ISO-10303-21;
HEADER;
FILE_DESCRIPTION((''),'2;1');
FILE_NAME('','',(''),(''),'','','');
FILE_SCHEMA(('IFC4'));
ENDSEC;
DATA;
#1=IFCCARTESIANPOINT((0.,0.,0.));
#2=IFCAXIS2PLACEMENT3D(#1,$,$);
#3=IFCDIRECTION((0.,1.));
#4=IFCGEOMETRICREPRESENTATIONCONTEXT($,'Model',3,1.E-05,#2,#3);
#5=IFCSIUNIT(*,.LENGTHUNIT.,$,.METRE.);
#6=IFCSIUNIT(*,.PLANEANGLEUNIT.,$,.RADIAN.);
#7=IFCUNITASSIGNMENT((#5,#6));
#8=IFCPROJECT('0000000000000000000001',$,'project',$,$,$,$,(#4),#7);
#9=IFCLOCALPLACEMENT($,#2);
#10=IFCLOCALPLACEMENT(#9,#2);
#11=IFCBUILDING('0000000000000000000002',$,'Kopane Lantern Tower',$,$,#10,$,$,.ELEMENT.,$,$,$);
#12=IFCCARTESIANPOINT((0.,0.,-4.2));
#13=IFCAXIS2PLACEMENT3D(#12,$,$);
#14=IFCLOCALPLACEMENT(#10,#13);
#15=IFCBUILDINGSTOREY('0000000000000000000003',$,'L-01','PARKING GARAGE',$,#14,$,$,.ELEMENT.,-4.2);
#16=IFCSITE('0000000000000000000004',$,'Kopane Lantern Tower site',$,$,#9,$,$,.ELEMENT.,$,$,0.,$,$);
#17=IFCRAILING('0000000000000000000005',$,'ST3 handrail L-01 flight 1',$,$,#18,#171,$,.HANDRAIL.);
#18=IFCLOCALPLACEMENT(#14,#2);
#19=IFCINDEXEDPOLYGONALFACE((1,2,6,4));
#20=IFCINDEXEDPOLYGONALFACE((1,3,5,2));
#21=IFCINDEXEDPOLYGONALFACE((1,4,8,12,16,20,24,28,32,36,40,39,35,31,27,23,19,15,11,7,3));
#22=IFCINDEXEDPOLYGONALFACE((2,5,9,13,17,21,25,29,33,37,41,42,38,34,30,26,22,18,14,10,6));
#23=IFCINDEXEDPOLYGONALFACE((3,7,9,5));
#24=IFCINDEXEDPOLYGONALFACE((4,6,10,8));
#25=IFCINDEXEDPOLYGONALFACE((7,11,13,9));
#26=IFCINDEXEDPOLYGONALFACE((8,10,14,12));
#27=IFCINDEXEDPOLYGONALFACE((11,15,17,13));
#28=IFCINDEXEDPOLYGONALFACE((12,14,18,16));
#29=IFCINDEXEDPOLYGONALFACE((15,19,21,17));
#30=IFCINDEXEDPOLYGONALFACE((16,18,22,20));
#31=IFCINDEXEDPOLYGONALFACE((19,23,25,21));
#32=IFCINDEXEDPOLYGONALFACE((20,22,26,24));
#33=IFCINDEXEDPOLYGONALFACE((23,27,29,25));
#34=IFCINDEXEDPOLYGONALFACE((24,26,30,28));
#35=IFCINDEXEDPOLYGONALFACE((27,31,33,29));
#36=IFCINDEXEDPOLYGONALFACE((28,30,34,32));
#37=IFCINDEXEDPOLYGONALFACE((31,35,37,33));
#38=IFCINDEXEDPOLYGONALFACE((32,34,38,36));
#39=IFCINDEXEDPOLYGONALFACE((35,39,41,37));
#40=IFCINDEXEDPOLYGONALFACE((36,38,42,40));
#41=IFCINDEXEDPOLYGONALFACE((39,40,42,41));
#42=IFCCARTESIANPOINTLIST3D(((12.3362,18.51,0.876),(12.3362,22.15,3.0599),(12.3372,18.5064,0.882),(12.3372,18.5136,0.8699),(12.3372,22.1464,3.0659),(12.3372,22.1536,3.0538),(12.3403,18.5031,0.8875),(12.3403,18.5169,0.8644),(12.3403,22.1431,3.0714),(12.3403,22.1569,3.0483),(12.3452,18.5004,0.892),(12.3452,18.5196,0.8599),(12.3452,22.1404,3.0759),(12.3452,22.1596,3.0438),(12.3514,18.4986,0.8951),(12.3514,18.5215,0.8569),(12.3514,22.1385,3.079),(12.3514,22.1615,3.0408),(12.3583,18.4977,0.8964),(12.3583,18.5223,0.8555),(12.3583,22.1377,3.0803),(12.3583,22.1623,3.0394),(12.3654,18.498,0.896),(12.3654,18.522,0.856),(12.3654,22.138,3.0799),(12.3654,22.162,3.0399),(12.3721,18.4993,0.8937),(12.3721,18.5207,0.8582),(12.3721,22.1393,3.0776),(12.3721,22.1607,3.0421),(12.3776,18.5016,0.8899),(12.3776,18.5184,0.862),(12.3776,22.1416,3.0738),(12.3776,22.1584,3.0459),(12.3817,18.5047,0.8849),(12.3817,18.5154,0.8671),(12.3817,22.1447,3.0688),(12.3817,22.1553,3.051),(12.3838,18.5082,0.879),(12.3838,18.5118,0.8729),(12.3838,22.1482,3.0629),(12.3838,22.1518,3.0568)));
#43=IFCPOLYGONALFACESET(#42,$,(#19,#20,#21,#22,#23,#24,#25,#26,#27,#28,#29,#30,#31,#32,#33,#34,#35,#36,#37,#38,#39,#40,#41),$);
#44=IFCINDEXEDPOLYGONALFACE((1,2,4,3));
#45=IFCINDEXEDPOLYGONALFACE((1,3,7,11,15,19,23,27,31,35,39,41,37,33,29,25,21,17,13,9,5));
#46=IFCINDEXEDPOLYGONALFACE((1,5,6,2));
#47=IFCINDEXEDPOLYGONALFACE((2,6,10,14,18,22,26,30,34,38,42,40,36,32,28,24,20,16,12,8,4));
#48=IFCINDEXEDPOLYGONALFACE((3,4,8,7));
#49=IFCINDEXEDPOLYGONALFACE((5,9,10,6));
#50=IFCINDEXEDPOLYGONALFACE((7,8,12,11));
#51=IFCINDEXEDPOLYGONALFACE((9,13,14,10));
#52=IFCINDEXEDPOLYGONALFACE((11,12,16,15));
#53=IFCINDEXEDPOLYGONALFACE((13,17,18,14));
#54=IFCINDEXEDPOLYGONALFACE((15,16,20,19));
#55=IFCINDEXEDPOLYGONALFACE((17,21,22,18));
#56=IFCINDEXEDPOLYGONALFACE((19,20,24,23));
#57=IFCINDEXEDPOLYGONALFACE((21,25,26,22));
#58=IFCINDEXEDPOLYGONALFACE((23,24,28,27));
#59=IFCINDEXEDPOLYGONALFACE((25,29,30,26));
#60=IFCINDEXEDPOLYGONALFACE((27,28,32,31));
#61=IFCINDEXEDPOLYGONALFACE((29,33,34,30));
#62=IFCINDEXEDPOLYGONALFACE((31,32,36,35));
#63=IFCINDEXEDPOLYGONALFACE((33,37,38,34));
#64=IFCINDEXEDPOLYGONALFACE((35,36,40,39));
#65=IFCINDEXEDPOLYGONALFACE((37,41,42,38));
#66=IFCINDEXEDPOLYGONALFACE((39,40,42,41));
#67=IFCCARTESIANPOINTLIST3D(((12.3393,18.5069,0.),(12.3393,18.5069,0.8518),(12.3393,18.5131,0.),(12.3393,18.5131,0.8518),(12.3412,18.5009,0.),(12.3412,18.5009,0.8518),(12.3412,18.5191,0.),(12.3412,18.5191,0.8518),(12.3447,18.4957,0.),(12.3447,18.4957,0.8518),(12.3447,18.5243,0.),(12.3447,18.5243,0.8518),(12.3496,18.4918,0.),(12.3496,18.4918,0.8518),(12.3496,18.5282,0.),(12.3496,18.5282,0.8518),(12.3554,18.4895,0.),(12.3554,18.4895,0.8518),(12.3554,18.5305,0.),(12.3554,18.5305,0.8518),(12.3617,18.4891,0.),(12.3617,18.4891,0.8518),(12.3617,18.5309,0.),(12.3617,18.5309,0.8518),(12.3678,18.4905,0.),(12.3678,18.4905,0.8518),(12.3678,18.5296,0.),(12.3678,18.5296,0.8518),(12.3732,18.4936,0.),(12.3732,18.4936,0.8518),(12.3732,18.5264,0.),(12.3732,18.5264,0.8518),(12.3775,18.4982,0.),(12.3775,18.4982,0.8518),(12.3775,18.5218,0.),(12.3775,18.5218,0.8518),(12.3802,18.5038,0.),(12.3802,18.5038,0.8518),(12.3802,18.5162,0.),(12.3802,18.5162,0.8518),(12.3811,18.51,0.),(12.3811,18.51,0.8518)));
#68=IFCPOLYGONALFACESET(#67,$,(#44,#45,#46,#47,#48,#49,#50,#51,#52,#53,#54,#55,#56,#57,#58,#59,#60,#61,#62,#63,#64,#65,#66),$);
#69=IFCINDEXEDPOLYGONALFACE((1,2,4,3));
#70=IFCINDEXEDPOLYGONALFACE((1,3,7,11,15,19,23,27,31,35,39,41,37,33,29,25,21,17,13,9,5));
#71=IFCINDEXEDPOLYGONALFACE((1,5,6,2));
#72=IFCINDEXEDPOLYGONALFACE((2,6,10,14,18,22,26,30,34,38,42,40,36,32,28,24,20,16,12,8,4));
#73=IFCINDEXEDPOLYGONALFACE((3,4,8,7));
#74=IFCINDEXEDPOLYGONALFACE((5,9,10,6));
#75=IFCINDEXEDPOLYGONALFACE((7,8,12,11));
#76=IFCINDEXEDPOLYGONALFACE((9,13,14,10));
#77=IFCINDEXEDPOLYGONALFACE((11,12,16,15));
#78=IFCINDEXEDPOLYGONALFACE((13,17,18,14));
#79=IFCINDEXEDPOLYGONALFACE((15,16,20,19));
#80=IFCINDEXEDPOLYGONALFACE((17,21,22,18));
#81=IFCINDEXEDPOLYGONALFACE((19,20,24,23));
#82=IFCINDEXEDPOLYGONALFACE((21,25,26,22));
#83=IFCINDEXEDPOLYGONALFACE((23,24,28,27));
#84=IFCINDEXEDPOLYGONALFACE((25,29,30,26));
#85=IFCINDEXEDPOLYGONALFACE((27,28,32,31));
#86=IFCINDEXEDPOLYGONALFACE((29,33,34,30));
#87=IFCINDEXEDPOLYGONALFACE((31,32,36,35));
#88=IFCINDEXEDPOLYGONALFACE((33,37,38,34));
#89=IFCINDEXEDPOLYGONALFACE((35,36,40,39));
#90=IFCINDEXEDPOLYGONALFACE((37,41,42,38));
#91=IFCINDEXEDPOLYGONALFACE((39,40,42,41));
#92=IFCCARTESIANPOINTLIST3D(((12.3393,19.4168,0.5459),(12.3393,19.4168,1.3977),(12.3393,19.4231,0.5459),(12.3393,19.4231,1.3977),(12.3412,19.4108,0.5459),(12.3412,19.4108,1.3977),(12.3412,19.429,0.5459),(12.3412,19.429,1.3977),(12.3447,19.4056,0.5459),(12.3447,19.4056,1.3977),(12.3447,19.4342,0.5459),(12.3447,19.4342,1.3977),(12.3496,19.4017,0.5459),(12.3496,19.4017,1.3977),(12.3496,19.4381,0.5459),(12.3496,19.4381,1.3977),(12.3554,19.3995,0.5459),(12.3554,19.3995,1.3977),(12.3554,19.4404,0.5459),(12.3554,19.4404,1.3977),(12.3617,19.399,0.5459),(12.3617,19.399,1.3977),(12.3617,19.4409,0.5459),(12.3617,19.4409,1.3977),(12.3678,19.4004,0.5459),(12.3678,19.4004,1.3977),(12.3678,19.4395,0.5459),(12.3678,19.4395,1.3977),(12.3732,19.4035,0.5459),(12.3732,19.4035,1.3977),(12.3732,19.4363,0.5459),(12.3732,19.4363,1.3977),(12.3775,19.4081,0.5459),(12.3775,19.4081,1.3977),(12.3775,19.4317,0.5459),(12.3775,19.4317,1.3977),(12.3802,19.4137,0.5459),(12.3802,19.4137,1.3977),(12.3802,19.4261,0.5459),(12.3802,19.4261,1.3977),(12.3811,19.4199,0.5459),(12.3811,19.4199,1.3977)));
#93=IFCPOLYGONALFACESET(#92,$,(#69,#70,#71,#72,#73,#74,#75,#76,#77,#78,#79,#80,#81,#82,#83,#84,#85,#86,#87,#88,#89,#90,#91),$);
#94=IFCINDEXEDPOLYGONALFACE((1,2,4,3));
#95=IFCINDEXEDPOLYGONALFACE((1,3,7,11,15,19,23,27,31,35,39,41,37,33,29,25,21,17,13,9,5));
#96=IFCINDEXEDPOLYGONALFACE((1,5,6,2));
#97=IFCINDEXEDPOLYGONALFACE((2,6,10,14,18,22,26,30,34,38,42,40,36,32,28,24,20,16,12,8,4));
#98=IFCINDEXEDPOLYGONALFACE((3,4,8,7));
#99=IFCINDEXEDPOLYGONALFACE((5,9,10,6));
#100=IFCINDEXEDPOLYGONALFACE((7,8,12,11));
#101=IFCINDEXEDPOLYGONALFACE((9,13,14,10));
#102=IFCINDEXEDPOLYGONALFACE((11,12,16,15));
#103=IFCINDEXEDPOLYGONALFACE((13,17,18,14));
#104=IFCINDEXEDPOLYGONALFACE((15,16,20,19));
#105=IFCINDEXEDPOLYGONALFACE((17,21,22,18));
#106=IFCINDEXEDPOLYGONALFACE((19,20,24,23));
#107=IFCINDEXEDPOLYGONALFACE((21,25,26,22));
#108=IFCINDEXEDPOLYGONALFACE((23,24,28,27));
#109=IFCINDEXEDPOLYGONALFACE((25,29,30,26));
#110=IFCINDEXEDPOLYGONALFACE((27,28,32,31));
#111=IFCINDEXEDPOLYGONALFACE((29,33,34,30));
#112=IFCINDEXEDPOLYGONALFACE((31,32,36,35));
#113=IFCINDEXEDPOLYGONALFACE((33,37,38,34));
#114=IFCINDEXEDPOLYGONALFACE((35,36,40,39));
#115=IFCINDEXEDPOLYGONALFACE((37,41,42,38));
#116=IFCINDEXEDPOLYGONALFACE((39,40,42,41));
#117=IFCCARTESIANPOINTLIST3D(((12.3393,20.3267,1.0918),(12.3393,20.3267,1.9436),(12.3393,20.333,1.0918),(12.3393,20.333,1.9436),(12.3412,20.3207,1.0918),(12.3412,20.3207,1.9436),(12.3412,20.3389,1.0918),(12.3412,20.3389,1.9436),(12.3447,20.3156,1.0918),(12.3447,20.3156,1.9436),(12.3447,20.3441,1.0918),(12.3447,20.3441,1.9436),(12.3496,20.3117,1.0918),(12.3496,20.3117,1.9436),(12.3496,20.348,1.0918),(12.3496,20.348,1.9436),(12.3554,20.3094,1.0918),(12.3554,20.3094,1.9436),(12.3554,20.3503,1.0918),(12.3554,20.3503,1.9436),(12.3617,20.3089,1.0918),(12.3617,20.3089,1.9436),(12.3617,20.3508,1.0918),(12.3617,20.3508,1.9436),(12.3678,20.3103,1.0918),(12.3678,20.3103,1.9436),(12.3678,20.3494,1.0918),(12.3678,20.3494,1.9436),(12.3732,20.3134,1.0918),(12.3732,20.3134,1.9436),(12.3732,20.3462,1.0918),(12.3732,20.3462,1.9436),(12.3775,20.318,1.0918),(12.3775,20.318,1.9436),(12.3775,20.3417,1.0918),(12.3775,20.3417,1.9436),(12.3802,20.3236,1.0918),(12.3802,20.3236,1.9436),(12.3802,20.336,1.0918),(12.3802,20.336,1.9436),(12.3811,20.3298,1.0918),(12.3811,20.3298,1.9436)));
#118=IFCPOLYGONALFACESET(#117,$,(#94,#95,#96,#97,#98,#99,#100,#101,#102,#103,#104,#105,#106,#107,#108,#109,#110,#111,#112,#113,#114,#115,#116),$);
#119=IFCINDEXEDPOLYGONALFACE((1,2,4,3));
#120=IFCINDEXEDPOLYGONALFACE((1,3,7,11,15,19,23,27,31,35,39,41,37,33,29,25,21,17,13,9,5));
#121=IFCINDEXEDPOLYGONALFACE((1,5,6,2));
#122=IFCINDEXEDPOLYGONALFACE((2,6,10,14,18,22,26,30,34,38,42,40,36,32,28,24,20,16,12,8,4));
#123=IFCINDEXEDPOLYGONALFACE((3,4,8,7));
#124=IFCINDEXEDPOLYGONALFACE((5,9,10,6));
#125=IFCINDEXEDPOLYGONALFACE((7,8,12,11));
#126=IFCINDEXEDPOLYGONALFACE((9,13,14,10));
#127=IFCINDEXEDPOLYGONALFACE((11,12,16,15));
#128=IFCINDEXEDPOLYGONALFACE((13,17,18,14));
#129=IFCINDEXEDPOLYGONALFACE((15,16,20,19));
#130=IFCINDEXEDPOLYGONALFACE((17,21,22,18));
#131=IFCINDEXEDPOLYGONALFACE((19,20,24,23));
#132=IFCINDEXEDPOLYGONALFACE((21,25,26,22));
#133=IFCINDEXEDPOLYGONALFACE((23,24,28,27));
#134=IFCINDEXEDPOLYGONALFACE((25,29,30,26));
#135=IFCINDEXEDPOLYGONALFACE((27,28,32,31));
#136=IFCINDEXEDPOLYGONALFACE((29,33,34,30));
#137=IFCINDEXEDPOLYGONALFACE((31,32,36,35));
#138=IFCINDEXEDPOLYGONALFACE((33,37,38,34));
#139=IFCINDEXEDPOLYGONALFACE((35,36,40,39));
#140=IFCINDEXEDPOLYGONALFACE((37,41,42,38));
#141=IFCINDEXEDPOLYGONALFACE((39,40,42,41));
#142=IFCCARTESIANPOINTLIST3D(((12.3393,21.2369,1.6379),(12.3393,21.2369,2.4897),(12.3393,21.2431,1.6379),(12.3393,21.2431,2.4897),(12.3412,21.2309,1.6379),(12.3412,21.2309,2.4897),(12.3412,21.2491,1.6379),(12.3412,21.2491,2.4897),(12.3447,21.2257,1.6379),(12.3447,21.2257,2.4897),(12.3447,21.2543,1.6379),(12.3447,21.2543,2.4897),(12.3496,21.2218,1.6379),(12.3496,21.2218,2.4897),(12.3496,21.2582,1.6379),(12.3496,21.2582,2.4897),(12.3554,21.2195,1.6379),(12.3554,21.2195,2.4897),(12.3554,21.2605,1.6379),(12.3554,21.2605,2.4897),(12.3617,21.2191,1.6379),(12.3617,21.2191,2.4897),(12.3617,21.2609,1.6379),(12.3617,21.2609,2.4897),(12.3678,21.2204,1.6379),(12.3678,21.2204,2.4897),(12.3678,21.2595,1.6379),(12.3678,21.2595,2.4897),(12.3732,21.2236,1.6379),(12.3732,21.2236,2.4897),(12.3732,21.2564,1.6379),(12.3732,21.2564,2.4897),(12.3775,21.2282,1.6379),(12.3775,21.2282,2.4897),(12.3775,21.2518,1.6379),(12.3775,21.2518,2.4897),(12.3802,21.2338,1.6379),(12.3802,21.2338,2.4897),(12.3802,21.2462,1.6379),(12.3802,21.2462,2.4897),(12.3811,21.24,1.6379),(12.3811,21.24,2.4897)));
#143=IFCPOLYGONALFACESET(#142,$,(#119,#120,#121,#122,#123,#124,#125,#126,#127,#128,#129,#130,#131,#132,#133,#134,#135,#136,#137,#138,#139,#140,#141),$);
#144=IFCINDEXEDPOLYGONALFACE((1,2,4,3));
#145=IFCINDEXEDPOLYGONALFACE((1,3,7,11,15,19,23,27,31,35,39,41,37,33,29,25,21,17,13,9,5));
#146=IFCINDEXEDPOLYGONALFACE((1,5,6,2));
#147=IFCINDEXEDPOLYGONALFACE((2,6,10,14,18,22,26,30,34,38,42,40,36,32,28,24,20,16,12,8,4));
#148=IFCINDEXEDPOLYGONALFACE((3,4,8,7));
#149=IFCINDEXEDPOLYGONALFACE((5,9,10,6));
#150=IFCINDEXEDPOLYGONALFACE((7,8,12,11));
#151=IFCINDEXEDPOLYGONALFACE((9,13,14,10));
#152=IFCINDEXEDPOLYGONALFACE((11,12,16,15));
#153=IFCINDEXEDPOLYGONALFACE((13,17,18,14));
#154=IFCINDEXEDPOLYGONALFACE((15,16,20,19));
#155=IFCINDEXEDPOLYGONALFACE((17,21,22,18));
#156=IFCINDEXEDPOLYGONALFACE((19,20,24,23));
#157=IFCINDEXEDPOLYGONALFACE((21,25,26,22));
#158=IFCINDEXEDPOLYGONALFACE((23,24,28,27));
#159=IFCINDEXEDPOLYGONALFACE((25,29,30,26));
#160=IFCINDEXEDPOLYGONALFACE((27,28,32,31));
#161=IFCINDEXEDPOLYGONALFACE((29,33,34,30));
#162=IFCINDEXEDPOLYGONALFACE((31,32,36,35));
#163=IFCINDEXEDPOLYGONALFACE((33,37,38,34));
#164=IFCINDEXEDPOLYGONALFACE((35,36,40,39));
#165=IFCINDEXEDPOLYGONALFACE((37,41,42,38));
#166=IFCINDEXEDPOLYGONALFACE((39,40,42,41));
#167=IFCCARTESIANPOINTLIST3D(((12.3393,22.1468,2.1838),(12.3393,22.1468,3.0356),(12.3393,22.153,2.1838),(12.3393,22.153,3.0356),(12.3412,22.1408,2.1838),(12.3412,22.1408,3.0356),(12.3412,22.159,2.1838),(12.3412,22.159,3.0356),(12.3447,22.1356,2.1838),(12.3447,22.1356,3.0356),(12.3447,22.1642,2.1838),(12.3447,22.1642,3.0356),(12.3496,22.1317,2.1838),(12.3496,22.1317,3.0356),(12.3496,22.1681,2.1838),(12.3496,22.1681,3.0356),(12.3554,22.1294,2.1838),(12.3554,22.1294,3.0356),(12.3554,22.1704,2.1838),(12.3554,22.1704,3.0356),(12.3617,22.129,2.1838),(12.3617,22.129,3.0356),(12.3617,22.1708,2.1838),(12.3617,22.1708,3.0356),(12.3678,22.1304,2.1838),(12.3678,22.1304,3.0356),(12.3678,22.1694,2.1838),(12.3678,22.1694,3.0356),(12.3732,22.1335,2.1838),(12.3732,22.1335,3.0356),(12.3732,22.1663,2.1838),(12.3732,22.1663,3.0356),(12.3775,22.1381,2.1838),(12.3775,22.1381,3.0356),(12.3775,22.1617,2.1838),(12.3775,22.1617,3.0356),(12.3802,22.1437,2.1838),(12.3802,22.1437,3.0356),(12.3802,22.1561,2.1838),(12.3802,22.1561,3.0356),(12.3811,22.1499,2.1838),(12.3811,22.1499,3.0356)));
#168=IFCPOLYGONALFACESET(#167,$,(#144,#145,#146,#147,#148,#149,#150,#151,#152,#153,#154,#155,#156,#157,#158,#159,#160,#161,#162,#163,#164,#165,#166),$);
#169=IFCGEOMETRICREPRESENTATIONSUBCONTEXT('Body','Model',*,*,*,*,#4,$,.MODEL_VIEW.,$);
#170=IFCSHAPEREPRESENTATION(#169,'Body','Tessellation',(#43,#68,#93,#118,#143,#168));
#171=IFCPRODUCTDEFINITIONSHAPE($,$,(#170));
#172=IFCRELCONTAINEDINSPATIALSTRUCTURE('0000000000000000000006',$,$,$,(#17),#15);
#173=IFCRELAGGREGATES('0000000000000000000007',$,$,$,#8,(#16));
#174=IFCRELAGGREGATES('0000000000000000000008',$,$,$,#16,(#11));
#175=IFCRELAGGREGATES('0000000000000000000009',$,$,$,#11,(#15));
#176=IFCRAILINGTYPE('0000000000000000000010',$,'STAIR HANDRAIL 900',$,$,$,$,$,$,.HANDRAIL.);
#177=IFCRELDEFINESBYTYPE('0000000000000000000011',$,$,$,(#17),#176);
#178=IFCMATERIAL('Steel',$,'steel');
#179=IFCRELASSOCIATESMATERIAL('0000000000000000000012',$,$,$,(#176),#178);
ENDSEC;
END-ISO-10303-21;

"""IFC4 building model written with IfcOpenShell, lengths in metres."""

from ifc_helpers import new_model, si_unit, direction, frame, origin, origin_2d, place, context, subcontext, project, spatial, circle, extrude, material, type_object, element, save


model = new_model("IFC4")

# Units and contexts
model_context = context("Model", 3, precision=1e-05, world=origin(), true_north=direction((0.0, 1.0)))
body_context = subcontext(model_context, "Body", "Model", "MODEL_VIEW")
ifc_project = project(units=[si_unit("LENGTHUNIT", "METRE"), si_unit("PLANEANGLEUNIT", "RADIAN")], contexts=[model_context])

# Site, building, storey
site_placement = place(None, origin())
site = spatial("IfcSite", under=ifc_project, at=site_placement, Name="Kopane Lantern Tower site", CompositionType="ELEMENT", RefElevation=0.0)
building_placement = place(site_placement, origin())
building = spatial("IfcBuilding", under=site, at=building_placement, Name="Kopane Lantern Tower", CompositionType="ELEMENT")
storey_placement = place(building_placement, frame((0.0, 0.0, -4.2)))
storey = spatial("IfcBuildingStorey", under=building, at=storey_placement, Name="L-01", Description="PARKING GARAGE", CompositionType="ELEMENT", Elevation=-4.2)

# Railing
ifc_material_1 = material(Name="Steel", Category="steel")
railing_type_1 = type_object("IfcRailingType", Name="STAIR HANDRAIL 900", PredefinedType="HANDRAIL", material=ifc_material_1)
for number, where, name in (
    (1, (12.3601, 18.51, 0.0), "ST3 handrail L-01 flight 1"),
):
    element("IfcRailing", number, at=place(storey_placement, frame(where)), inside=storey, type_object=railing_type_1, Name=name, PredefinedType="HANDRAIL", context=body_context, shape_type="SweptSolid", body=[
        extrude(circle(Radius=0.0239, at=origin_2d()), frame((0.0, 0.0, 0.876), z_axis=(0.0, 0.857503, 0.514479), x_axis=(-1.0, 0.0, 0.0)), (0.0, 0.0, 1.0), 4.2449),
        extrude(circle(Radius=0.021, at=origin_2d()), origin(), (0.0, 0.0, 1.0), 0.8518),
        extrude(circle(Radius=0.021, at=origin_2d()), frame((0.0, 0.9099, 0.5459)), (0.0, 0.0, 1.0), 0.8518),
        extrude(circle(Radius=0.021, at=origin_2d()), frame((0.0, 1.8198, 1.0918)), (0.0, 0.0, 1.0), 0.8518),
        extrude(circle(Radius=0.021, at=origin_2d()), frame((0.0, 2.73, 1.6379)), (0.0, 0.0, 1.0), 0.8518),
        extrude(circle(Radius=0.021, at=origin_2d()), frame((0.0, 3.6399, 2.1838)), (0.0, 0.0, 1.0), 0.8518),
    ])

save(model, "model.ifc")
